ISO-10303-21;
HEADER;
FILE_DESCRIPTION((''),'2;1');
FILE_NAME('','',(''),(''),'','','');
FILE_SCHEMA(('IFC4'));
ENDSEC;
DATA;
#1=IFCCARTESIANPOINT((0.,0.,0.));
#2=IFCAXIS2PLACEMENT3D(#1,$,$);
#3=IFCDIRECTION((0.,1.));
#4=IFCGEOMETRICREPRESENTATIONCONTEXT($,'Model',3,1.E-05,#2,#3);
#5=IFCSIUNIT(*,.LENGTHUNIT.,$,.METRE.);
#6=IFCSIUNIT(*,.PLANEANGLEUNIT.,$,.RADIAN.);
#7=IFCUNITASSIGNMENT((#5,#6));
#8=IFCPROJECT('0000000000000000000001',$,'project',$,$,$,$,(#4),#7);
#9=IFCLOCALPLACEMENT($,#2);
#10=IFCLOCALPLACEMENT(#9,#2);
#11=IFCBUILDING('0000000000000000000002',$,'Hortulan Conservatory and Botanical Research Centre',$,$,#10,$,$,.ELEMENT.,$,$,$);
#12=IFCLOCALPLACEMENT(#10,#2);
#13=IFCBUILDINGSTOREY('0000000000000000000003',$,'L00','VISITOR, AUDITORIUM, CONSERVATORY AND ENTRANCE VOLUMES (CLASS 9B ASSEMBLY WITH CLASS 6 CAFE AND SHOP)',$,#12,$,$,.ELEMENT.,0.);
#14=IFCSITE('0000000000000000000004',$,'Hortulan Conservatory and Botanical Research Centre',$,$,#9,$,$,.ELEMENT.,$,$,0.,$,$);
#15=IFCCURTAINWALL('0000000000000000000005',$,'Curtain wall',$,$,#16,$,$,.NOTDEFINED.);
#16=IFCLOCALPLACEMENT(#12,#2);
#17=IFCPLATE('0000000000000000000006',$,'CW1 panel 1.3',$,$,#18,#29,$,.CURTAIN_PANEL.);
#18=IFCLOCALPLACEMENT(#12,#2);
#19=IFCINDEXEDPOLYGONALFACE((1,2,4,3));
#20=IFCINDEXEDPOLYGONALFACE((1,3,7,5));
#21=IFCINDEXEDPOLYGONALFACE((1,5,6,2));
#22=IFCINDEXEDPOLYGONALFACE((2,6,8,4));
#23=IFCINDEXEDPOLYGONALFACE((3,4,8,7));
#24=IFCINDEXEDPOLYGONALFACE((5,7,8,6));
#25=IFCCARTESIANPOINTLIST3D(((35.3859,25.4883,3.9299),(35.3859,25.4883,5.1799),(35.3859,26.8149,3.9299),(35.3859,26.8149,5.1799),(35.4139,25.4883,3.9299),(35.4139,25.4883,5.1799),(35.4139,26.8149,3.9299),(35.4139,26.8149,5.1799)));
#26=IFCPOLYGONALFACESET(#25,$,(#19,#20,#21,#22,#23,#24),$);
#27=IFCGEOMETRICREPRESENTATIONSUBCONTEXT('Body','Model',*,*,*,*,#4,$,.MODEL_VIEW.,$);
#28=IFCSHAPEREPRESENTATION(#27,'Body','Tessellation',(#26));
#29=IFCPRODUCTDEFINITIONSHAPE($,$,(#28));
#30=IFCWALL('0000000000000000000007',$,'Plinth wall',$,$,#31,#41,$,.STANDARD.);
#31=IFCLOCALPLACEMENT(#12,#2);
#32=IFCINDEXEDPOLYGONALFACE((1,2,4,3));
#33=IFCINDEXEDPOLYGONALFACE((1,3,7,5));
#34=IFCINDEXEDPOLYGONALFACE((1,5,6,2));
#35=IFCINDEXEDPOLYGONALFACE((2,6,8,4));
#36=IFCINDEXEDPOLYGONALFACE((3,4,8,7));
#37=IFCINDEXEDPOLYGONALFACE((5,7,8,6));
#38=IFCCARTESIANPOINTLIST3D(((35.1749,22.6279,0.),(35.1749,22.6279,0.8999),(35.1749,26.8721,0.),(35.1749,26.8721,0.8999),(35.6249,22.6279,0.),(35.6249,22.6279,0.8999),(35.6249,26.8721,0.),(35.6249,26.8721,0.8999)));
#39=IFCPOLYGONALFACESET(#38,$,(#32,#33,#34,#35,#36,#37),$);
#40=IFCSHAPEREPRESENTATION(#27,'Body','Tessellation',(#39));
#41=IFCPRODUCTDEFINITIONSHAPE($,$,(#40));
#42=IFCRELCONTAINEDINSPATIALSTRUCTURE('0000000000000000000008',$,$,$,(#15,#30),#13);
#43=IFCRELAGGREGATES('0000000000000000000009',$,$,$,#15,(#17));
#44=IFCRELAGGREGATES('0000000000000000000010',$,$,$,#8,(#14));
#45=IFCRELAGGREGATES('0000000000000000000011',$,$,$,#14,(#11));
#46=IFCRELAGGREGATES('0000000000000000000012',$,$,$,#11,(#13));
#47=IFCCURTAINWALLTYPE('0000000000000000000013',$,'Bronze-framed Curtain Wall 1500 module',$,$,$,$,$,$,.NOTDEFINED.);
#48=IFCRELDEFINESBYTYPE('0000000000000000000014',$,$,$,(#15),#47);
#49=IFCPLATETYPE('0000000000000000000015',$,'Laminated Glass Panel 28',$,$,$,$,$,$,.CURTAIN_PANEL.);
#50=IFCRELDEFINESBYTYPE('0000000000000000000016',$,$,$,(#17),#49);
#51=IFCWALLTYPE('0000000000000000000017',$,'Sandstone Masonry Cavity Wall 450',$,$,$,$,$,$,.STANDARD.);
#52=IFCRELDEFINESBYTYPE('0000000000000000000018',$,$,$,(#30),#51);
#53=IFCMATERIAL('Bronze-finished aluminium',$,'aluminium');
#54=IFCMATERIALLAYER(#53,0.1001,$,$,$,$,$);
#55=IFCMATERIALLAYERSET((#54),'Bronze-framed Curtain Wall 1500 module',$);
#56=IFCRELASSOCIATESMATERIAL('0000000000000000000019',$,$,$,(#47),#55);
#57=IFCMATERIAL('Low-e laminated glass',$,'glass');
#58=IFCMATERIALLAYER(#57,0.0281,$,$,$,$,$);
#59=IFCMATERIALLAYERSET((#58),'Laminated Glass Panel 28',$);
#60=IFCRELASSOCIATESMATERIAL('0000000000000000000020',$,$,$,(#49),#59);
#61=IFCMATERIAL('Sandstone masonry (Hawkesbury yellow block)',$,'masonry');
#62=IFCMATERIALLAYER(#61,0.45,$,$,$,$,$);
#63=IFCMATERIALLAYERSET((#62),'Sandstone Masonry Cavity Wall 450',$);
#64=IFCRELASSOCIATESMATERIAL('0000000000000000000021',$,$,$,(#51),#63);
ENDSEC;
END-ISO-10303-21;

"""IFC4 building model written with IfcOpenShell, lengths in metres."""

from ifc_helpers import new_model, si_unit, direction, frame, frame_2d, origin, origin_2d, place, context, subcontext, project, spatial, rectangle, extrude, material, layer, layer_set, type_object, element, aggregate, save


model = new_model("IFC4")

# Units and contexts
model_context = context("Model", 3, precision=1e-05, world=origin(), true_north=direction((0.0, 1.0)))
body_context = subcontext(model_context, "Body", "Model", "MODEL_VIEW")
ifc_project = project(units=[si_unit("LENGTHUNIT", "METRE"), si_unit("PLANEANGLEUNIT", "RADIAN")], contexts=[model_context])

# Site, building, storey
site_placement = place(None, origin())
site = spatial("IfcSite", under=ifc_project, at=site_placement, Name="Hortulan Conservatory and Botanical Research Centre", CompositionType="ELEMENT", RefElevation=0.0)
building_placement = place(site_placement, origin())
building = spatial("IfcBuilding", under=site, at=building_placement, Name="Hortulan Conservatory and Botanical Research Centre", CompositionType="ELEMENT")
storey_placement = place(building_placement, origin())
storey = spatial("IfcBuildingStorey", under=building, at=storey_placement, Name="L00", Description="VISITOR, AUDITORIUM, CONSERVATORY AND ENTRANCE VOLUMES (CLASS 9B ASSEMBLY WITH CLASS 6 CAFE AND SHOP)", CompositionType="ELEMENT", Elevation=0.0)

# Curtain wall
ifc_material_1 = material(Name="Bronze-finished aluminium", Category="aluminium")
ifc_layer_1 = layer(ifc_material_1, 0.1001)
ifc_layer_set_1 = layer_set([ifc_layer_1], Name="Bronze-framed Curtain Wall 1500 module")
curtain_wall_type = type_object("IfcCurtainWallType", Name="Bronze-framed Curtain Wall 1500 module", PredefinedType="NOTDEFINED", material=ifc_layer_set_1)
curtain_wall_1_placement = place(storey_placement, origin())
curtain_wall_1 = element("IfcCurtainWall", 1, at=curtain_wall_1_placement, inside=storey, type_object=curtain_wall_type, Name="Curtain wall", PredefinedType="NOTDEFINED")

# Plate
ifc_material_2 = material(Name="Low-e laminated glass", Category="glass")
ifc_layer_2 = layer(ifc_material_2, 0.0281)
ifc_layer_set_2 = layer_set([ifc_layer_2], Name="Laminated Glass Panel 28")
plate_type = type_object("IfcPlateType", Name="Laminated Glass Panel 28", PredefinedType="CURTAIN_PANEL", material=ifc_layer_set_2)
plate_1_placement = place(storey_placement, frame((35.3999, 26.1516, 3.9299), z_axis=(0.0, 0.0, 1.0), x_axis=(0.0, -1.0, 0.0)))
plate_1 = element("IfcPlate", 2, at=plate_1_placement, type_object=plate_type, Name="CW1 panel 1.3", PredefinedType="CURTAIN_PANEL", context=body_context, shape_type="SweptSolid", body=[
    extrude(rectangle(XDim=1.3267, YDim=0.0281, at=origin_2d()), origin(), (0.0, 0.0, 1.0), 1.25),
])
aggregate(curtain_wall_1, [plate_1])

# Wall
ifc_material_3 = material(Name="Sandstone masonry (Hawkesbury yellow block)", Category="masonry")
ifc_layer_3 = layer(ifc_material_3, 0.45)
ifc_layer_set_3 = layer_set([ifc_layer_3], Name="Sandstone Masonry Cavity Wall 450")
wall_type = type_object("IfcWallType", Name="Sandstone Masonry Cavity Wall 450", PredefinedType="STANDARD", material=ifc_layer_set_3)
wall_placement = place(storey_placement, frame((35.3999, 26.8721, 0.0), z_axis=(0.0, 0.0, 1.0), x_axis=(0.0, -1.0, 0.0)))
element("IfcWall", 3, at=wall_placement, inside=storey, type_object=wall_type, Name="Plinth wall", PredefinedType="STANDARD", context=body_context, shape_type="SweptSolid", body=[
    extrude(rectangle(XDim=4.2441, YDim=0.45, at=frame_2d((2.1221, 0.0))), origin(), (0.0, 0.0, 1.0), 0.8999),
])

save(model, "model.ifc")
